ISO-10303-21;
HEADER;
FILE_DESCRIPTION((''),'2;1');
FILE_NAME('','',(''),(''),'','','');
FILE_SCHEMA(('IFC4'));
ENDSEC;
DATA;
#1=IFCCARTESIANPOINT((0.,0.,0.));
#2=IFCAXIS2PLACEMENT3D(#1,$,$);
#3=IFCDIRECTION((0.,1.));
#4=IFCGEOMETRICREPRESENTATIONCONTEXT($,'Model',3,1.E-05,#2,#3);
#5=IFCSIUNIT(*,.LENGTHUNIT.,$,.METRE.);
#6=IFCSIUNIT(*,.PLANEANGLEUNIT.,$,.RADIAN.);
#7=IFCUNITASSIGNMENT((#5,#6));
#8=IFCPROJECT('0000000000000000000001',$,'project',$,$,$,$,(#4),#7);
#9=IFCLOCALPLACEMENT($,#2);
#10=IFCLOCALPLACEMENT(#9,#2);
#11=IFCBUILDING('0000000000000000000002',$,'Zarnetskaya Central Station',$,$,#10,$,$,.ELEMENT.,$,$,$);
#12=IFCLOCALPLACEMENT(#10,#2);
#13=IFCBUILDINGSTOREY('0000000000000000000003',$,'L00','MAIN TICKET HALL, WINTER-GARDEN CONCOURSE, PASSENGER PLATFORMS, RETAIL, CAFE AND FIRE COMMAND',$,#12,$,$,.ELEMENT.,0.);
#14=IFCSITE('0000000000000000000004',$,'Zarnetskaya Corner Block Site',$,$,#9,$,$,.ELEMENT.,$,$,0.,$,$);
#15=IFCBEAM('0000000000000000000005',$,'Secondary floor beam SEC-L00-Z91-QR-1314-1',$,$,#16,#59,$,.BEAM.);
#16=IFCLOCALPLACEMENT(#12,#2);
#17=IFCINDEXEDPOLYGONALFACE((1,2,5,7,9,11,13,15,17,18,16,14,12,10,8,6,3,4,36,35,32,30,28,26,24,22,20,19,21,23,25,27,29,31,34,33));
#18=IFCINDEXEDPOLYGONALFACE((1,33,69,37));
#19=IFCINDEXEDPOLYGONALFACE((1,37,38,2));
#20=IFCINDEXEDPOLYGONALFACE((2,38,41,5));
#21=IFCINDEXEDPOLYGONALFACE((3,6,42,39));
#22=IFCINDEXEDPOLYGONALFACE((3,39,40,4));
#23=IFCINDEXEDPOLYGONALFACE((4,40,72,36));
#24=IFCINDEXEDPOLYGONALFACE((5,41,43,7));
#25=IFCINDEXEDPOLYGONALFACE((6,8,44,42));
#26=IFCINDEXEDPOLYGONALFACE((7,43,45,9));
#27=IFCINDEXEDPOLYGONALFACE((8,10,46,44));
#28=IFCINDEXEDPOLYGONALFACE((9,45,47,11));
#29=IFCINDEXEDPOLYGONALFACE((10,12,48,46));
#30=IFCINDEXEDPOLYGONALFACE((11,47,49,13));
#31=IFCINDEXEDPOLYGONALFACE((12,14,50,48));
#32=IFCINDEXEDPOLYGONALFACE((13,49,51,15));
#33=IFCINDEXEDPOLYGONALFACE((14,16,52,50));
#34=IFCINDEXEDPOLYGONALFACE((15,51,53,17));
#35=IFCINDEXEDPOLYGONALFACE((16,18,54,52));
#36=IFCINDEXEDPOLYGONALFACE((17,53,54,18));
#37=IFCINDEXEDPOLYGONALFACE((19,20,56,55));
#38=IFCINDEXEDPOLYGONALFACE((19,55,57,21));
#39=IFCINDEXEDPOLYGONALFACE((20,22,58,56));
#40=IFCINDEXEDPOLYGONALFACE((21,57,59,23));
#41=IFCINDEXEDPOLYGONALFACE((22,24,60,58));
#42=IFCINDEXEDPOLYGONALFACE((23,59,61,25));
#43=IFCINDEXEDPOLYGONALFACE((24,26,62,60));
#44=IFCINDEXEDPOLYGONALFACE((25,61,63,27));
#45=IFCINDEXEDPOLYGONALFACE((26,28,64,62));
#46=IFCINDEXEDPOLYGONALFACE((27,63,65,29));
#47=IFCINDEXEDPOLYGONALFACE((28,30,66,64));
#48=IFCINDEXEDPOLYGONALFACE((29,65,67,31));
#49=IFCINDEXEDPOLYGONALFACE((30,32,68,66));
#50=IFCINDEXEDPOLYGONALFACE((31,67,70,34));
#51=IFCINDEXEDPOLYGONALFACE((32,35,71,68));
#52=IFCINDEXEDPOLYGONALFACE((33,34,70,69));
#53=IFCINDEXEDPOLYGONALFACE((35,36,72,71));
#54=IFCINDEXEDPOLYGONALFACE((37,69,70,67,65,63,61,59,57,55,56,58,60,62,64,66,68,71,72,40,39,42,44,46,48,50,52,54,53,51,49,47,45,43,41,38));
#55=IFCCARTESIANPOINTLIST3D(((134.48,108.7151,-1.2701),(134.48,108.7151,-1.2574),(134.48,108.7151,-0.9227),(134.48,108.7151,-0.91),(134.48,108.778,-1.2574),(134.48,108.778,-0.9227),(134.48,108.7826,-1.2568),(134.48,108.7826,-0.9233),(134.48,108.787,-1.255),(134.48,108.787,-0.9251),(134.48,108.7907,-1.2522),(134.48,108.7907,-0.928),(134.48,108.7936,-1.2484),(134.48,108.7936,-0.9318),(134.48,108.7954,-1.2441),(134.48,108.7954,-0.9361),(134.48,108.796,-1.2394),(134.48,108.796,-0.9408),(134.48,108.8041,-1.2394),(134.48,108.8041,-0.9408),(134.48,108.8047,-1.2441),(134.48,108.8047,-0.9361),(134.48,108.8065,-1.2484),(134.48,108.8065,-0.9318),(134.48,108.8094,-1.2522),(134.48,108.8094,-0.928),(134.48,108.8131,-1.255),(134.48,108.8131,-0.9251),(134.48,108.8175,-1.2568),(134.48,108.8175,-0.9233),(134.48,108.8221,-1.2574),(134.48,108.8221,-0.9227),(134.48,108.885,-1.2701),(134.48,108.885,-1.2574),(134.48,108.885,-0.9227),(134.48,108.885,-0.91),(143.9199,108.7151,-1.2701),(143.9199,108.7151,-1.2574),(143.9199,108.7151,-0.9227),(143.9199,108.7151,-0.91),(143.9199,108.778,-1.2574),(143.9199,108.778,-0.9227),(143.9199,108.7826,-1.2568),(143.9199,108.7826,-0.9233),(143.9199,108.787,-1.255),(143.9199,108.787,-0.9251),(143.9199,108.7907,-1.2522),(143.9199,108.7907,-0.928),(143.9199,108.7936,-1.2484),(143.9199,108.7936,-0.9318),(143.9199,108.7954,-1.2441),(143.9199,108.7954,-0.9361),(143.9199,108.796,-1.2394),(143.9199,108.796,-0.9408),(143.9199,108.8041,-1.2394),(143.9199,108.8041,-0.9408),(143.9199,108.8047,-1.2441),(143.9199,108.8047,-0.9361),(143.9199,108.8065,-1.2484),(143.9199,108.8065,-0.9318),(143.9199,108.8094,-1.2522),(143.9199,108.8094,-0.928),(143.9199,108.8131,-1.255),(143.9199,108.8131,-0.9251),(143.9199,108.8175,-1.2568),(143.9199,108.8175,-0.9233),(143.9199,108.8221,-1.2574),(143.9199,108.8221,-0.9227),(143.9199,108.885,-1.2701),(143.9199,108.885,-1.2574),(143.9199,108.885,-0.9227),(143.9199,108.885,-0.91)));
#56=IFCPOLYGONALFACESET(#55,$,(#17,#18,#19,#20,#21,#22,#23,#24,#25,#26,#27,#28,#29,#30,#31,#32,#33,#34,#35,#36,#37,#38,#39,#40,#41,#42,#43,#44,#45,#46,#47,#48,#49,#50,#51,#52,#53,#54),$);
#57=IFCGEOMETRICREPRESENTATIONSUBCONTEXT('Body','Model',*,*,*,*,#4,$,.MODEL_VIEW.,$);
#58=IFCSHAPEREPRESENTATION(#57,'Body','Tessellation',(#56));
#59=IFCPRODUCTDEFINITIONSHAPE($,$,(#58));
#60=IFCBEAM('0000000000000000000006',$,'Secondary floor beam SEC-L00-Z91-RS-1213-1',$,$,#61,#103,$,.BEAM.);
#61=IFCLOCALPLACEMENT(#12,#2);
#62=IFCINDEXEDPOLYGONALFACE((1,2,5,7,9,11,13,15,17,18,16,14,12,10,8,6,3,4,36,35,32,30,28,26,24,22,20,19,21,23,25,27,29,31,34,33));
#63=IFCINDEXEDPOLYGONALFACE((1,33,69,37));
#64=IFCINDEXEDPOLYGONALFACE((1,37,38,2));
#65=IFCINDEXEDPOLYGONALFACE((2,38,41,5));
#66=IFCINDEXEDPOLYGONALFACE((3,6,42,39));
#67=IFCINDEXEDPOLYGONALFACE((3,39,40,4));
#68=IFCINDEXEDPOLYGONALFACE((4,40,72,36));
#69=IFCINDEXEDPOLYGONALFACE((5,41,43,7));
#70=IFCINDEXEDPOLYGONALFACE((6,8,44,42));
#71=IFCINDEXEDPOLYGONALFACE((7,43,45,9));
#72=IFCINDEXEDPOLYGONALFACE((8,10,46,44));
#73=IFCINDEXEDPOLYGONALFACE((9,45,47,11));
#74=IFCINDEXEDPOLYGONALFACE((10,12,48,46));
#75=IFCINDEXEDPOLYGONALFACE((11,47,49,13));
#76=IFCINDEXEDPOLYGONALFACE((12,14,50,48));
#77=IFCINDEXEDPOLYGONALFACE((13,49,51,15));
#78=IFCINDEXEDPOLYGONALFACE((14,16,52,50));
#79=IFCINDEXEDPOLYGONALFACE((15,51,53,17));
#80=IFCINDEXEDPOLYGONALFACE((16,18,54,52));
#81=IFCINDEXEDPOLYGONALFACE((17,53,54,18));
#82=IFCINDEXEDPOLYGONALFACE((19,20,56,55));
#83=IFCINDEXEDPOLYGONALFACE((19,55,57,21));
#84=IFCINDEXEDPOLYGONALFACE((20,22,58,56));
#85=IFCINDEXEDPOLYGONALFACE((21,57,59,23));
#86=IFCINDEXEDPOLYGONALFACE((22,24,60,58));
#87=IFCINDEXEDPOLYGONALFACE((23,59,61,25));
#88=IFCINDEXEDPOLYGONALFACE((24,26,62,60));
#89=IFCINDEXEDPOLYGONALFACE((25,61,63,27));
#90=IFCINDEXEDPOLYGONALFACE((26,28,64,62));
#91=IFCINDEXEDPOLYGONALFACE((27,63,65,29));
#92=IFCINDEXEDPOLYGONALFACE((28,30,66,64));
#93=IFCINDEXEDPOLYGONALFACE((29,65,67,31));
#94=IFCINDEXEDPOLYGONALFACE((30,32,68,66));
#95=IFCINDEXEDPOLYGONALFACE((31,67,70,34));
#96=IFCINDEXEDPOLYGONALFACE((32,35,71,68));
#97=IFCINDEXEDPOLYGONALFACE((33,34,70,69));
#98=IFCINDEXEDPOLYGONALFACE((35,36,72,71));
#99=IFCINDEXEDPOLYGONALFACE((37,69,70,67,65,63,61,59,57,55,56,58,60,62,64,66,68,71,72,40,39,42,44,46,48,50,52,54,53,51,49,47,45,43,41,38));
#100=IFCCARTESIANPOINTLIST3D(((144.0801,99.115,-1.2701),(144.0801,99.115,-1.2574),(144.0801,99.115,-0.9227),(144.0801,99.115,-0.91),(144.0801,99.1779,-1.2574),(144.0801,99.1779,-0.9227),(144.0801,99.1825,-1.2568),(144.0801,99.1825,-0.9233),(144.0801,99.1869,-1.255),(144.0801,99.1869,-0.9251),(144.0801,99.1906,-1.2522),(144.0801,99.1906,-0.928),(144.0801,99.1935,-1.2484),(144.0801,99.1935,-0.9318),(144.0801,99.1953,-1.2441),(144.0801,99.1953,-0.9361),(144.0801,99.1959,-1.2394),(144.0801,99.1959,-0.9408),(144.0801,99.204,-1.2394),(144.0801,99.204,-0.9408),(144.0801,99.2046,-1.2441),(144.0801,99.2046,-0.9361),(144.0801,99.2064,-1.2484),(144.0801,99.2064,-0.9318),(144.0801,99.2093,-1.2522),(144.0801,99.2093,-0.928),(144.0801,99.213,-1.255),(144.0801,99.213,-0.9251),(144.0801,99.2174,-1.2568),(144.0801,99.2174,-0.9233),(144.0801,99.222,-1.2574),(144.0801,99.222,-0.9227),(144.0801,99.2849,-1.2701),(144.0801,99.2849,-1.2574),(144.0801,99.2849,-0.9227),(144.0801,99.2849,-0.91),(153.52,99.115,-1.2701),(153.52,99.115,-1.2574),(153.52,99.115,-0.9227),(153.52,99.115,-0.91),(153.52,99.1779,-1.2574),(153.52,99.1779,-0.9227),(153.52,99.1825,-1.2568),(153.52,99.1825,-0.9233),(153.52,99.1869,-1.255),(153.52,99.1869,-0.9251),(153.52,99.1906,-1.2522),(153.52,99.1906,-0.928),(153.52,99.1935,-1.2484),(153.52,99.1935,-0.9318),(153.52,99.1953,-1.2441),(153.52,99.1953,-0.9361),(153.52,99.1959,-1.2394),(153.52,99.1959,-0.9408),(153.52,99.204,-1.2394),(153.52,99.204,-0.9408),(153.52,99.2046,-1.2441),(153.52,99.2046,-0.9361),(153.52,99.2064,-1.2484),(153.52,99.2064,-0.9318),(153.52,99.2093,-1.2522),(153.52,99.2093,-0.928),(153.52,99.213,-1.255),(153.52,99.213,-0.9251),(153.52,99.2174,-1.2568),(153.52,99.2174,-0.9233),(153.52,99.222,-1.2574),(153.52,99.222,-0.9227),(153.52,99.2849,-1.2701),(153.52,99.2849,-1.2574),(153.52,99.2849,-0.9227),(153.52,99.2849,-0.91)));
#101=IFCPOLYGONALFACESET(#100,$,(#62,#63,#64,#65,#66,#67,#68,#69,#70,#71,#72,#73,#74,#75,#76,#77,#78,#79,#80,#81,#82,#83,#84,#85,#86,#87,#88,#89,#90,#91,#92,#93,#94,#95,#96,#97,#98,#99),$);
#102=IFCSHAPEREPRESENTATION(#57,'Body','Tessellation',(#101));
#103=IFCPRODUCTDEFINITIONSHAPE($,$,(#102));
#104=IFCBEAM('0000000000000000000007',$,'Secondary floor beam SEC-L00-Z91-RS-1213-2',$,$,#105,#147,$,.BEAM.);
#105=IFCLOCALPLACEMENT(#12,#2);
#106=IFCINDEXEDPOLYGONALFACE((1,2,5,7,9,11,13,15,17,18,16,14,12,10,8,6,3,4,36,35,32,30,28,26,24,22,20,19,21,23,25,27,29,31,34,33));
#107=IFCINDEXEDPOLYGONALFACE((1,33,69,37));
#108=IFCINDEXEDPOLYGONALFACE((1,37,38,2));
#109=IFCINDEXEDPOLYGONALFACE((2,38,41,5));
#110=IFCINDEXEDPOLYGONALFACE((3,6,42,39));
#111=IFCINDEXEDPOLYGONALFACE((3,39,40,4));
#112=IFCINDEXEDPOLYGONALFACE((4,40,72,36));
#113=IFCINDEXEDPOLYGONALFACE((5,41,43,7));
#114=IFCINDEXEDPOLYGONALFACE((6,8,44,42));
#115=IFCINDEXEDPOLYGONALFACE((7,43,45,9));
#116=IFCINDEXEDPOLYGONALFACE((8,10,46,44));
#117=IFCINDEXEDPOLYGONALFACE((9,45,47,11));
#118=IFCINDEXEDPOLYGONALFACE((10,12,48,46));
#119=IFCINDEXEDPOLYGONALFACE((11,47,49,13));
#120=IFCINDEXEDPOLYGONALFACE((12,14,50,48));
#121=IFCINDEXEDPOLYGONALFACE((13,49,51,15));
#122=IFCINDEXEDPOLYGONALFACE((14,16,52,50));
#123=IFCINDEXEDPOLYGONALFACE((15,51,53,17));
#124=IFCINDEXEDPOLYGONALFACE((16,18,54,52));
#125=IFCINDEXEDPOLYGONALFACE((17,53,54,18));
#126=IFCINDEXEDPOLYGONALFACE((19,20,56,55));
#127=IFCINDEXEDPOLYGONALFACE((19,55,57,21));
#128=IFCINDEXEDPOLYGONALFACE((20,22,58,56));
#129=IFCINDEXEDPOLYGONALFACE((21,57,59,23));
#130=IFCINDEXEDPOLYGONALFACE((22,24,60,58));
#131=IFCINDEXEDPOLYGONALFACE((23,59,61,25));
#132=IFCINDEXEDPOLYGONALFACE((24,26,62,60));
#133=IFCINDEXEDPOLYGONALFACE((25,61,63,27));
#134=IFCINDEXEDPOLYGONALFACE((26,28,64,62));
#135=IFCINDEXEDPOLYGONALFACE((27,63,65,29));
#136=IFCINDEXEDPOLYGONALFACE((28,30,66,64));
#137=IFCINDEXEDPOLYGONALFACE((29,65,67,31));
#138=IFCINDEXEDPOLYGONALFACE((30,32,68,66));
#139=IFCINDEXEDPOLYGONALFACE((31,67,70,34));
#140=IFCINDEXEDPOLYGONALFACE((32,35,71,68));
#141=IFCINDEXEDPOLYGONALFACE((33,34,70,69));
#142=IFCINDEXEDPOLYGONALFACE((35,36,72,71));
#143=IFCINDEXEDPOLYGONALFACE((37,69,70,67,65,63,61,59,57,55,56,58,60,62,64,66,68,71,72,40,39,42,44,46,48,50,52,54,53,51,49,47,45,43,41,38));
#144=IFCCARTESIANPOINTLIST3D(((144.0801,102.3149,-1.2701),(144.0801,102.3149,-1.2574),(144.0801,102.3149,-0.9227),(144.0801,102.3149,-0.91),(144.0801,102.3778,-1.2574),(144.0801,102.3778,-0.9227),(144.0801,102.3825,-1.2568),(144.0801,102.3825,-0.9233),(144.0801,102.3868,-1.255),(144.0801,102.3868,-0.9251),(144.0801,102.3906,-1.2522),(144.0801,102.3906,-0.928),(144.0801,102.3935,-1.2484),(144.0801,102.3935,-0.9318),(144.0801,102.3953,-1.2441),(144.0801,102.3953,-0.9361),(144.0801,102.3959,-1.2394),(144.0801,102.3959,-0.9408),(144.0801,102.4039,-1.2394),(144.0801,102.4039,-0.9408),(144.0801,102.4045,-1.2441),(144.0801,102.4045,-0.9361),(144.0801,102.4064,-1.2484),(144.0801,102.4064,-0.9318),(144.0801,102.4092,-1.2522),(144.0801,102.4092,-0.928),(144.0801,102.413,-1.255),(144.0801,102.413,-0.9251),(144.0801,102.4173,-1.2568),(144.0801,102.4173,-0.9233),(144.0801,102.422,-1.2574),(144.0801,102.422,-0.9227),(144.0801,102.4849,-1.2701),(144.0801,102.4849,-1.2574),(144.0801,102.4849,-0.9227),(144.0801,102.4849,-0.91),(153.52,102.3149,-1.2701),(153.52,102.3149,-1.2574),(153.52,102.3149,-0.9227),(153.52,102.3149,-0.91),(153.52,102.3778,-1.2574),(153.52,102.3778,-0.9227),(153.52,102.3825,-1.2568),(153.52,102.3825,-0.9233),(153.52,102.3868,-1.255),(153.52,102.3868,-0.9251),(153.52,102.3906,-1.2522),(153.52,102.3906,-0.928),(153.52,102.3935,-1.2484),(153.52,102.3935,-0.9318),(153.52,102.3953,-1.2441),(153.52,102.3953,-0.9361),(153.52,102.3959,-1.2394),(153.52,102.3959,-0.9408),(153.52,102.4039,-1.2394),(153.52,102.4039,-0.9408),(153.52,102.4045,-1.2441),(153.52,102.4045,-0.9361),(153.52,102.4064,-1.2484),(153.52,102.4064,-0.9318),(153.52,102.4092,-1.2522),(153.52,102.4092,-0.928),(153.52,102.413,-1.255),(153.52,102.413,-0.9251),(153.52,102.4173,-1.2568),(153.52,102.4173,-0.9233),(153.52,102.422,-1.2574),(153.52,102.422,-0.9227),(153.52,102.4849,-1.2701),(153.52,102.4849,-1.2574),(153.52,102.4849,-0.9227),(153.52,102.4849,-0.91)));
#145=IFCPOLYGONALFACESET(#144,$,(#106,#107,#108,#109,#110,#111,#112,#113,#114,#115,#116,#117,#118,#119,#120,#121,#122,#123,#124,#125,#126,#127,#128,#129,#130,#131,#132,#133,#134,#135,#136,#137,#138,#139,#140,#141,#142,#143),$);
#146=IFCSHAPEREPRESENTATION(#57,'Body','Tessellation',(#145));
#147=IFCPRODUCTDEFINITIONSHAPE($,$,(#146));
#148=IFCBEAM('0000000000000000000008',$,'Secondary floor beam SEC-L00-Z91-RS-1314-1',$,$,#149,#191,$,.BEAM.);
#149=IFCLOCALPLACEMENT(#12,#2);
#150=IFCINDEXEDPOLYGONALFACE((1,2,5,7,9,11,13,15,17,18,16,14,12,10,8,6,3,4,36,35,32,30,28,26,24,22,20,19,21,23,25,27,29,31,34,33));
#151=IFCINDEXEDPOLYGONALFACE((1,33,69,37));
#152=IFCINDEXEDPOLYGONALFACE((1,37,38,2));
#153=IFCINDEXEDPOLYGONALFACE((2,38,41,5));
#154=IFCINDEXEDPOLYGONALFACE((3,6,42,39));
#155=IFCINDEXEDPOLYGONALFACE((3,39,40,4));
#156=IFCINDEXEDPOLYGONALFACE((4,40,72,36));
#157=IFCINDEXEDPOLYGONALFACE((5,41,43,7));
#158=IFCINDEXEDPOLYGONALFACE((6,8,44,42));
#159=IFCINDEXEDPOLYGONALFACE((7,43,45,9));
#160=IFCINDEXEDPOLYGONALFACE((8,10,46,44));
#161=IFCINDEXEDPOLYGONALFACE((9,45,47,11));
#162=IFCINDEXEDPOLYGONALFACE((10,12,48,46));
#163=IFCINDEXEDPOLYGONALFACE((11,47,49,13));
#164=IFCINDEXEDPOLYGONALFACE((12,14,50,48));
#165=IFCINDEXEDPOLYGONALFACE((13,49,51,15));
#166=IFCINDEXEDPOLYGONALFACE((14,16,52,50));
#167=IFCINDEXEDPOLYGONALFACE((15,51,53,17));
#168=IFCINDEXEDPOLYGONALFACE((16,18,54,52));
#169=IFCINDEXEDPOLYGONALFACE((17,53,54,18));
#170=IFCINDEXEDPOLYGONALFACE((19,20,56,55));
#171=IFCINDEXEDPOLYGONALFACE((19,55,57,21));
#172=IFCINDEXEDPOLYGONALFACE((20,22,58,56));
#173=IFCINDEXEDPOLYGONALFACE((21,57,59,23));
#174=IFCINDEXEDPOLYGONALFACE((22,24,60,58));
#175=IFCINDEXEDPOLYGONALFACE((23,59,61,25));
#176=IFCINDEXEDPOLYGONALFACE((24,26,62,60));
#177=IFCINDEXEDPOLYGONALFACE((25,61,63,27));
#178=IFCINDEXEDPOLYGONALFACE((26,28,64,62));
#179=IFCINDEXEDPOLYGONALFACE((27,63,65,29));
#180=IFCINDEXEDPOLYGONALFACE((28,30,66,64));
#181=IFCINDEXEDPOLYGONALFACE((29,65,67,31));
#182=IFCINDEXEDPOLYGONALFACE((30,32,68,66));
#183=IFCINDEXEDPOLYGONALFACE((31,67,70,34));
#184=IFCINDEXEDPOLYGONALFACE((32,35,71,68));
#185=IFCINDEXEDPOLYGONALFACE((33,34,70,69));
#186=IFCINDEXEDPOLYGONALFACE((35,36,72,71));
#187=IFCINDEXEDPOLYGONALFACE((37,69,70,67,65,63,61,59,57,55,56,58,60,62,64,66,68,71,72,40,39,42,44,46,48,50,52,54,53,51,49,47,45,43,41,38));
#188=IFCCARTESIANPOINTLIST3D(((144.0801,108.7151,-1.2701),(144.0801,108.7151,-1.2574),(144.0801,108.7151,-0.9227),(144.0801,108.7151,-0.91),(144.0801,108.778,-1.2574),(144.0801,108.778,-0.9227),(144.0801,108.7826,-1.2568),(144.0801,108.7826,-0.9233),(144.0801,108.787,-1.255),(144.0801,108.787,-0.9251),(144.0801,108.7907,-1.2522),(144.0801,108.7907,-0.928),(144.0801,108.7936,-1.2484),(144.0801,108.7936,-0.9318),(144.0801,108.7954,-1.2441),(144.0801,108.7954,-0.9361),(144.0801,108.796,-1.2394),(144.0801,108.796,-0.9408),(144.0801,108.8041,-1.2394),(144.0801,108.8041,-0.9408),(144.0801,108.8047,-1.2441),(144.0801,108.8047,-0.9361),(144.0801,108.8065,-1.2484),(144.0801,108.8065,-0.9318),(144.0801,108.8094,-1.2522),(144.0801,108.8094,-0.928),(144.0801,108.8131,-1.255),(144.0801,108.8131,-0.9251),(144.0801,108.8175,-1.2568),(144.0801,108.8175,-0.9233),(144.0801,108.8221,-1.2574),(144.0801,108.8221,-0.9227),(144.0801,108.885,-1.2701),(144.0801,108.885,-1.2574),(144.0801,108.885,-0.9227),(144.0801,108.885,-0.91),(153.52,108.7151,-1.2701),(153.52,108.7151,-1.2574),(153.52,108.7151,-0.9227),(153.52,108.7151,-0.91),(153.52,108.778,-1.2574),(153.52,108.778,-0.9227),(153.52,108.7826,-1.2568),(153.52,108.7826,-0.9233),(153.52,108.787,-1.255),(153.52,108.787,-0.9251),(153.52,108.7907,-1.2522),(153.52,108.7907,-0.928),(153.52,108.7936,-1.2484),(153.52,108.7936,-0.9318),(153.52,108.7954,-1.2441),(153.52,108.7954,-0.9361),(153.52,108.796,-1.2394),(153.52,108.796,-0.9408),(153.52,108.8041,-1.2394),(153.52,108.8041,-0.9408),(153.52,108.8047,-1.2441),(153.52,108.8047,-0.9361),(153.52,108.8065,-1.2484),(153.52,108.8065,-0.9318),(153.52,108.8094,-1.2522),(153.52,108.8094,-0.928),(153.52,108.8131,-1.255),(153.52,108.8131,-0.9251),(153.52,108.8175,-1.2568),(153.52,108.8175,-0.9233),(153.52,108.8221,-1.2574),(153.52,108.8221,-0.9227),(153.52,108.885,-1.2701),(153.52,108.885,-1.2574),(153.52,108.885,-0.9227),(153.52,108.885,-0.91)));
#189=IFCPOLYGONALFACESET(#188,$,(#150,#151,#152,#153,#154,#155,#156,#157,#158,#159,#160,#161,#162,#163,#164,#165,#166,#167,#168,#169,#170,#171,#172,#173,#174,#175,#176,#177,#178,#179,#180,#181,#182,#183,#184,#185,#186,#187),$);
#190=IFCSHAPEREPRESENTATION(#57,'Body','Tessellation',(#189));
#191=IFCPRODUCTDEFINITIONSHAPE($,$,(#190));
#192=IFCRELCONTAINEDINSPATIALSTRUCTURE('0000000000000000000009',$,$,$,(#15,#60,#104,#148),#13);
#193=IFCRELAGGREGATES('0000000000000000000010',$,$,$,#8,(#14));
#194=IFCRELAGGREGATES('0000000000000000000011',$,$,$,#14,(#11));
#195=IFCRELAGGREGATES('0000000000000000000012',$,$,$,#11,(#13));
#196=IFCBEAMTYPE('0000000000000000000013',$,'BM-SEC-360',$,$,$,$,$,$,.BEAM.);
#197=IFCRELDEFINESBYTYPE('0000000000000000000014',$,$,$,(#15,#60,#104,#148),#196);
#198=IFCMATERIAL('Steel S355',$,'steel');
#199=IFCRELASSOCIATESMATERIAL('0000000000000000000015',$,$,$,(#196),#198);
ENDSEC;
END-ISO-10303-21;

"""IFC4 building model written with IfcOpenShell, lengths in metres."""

from ifc_helpers import new_model, si_unit, direction, frame, origin, origin_2d, place, context, subcontext, project, spatial, i_section, extrude, material, material_profile, profile_set, type_object, element, save


model = new_model("IFC4")

# Units and contexts
model_context = context("Model", 3, precision=1e-05, world=origin(), true_north=direction((0.0, 1.0)))
body_context = subcontext(model_context, "Body", "Model", "MODEL_VIEW")
ifc_project = project(units=[si_unit("LENGTHUNIT", "METRE"), si_unit("PLANEANGLEUNIT", "RADIAN")], contexts=[model_context])

# Site, building, storey
site_placement = place(None, origin())
site = spatial("IfcSite", under=ifc_project, at=site_placement, Name="Zarnetskaya Corner Block Site", CompositionType="ELEMENT", RefElevation=0.0)
building_placement = place(site_placement, origin())
building = spatial("IfcBuilding", under=site, at=building_placement, Name="Zarnetskaya Central Station", CompositionType="ELEMENT")
storey_placement = place(building_placement, origin())
storey = spatial("IfcBuildingStorey", under=building, at=storey_placement, Name="L00", Description="MAIN TICKET HALL, WINTER-GARDEN CONCOURSE, PASSENGER PLATFORMS, RETAIL, CAFE AND FIRE COMMAND", CompositionType="ELEMENT", Elevation=0.0)

# Shared definitions
ifc_material = material(Name="Steel S355", Category="steel")

# Beams
ifc_material_profile_1 = material_profile(ifc_material, i_section(OverallWidth=0.1699, OverallDepth=0.3601, WebThickness=0.0081, FlangeThickness=0.0127, FilletRadius=0.0181, at=origin_2d()), Name="IPE 360")
ifc_profile_set_1 = profile_set([ifc_material_profile_1], Name="Steel S355")
beam_type_1 = type_object("IfcBeamType", Name="BM-SEC-360", PredefinedType="BEAM", material=ifc_profile_set_1)
for number, where, z_axis, x_axis, name in (
    (1, (134.48, 108.8, -1.0901), (1.0, 0.0, 0.0), (0.0, 1.0, 0.0), "Secondary floor beam SEC-L00-Z91-QR-1314-1"),
    (2, (144.0801, 99.2, -1.0901), (1.0, 0.0, 0.0), (0.0, 1.0, 0.0), "Secondary floor beam SEC-L00-Z91-RS-1213-1"),
    (3, (144.0801, 102.3999, -1.0901), (1.0, 0.0, 0.0), (0.0, 1.0, 0.0), "Secondary floor beam SEC-L00-Z91-RS-1213-2"),
    (4, (144.0801, 108.8, -1.0901), (1.0, 0.0, 0.0), (0.0, 1.0, 0.0), "Secondary floor beam SEC-L00-Z91-RS-1314-1"),
):
    element("IfcBeam", number, at=place(storey_placement, frame(where, z_axis=z_axis, x_axis=x_axis)), inside=storey, type_object=beam_type_1, Name=name, PredefinedType="BEAM", context=body_context, shape_type="SweptSolid", body=[
        extrude(i_section(OverallWidth=0.1699, OverallDepth=0.3601, WebThickness=0.0081, FlangeThickness=0.0127, FilletRadius=0.0181, at=origin_2d()), origin(), (0.0, 0.0, 1.0), 9.4399),
    ])

save(model, "model.ifc")
